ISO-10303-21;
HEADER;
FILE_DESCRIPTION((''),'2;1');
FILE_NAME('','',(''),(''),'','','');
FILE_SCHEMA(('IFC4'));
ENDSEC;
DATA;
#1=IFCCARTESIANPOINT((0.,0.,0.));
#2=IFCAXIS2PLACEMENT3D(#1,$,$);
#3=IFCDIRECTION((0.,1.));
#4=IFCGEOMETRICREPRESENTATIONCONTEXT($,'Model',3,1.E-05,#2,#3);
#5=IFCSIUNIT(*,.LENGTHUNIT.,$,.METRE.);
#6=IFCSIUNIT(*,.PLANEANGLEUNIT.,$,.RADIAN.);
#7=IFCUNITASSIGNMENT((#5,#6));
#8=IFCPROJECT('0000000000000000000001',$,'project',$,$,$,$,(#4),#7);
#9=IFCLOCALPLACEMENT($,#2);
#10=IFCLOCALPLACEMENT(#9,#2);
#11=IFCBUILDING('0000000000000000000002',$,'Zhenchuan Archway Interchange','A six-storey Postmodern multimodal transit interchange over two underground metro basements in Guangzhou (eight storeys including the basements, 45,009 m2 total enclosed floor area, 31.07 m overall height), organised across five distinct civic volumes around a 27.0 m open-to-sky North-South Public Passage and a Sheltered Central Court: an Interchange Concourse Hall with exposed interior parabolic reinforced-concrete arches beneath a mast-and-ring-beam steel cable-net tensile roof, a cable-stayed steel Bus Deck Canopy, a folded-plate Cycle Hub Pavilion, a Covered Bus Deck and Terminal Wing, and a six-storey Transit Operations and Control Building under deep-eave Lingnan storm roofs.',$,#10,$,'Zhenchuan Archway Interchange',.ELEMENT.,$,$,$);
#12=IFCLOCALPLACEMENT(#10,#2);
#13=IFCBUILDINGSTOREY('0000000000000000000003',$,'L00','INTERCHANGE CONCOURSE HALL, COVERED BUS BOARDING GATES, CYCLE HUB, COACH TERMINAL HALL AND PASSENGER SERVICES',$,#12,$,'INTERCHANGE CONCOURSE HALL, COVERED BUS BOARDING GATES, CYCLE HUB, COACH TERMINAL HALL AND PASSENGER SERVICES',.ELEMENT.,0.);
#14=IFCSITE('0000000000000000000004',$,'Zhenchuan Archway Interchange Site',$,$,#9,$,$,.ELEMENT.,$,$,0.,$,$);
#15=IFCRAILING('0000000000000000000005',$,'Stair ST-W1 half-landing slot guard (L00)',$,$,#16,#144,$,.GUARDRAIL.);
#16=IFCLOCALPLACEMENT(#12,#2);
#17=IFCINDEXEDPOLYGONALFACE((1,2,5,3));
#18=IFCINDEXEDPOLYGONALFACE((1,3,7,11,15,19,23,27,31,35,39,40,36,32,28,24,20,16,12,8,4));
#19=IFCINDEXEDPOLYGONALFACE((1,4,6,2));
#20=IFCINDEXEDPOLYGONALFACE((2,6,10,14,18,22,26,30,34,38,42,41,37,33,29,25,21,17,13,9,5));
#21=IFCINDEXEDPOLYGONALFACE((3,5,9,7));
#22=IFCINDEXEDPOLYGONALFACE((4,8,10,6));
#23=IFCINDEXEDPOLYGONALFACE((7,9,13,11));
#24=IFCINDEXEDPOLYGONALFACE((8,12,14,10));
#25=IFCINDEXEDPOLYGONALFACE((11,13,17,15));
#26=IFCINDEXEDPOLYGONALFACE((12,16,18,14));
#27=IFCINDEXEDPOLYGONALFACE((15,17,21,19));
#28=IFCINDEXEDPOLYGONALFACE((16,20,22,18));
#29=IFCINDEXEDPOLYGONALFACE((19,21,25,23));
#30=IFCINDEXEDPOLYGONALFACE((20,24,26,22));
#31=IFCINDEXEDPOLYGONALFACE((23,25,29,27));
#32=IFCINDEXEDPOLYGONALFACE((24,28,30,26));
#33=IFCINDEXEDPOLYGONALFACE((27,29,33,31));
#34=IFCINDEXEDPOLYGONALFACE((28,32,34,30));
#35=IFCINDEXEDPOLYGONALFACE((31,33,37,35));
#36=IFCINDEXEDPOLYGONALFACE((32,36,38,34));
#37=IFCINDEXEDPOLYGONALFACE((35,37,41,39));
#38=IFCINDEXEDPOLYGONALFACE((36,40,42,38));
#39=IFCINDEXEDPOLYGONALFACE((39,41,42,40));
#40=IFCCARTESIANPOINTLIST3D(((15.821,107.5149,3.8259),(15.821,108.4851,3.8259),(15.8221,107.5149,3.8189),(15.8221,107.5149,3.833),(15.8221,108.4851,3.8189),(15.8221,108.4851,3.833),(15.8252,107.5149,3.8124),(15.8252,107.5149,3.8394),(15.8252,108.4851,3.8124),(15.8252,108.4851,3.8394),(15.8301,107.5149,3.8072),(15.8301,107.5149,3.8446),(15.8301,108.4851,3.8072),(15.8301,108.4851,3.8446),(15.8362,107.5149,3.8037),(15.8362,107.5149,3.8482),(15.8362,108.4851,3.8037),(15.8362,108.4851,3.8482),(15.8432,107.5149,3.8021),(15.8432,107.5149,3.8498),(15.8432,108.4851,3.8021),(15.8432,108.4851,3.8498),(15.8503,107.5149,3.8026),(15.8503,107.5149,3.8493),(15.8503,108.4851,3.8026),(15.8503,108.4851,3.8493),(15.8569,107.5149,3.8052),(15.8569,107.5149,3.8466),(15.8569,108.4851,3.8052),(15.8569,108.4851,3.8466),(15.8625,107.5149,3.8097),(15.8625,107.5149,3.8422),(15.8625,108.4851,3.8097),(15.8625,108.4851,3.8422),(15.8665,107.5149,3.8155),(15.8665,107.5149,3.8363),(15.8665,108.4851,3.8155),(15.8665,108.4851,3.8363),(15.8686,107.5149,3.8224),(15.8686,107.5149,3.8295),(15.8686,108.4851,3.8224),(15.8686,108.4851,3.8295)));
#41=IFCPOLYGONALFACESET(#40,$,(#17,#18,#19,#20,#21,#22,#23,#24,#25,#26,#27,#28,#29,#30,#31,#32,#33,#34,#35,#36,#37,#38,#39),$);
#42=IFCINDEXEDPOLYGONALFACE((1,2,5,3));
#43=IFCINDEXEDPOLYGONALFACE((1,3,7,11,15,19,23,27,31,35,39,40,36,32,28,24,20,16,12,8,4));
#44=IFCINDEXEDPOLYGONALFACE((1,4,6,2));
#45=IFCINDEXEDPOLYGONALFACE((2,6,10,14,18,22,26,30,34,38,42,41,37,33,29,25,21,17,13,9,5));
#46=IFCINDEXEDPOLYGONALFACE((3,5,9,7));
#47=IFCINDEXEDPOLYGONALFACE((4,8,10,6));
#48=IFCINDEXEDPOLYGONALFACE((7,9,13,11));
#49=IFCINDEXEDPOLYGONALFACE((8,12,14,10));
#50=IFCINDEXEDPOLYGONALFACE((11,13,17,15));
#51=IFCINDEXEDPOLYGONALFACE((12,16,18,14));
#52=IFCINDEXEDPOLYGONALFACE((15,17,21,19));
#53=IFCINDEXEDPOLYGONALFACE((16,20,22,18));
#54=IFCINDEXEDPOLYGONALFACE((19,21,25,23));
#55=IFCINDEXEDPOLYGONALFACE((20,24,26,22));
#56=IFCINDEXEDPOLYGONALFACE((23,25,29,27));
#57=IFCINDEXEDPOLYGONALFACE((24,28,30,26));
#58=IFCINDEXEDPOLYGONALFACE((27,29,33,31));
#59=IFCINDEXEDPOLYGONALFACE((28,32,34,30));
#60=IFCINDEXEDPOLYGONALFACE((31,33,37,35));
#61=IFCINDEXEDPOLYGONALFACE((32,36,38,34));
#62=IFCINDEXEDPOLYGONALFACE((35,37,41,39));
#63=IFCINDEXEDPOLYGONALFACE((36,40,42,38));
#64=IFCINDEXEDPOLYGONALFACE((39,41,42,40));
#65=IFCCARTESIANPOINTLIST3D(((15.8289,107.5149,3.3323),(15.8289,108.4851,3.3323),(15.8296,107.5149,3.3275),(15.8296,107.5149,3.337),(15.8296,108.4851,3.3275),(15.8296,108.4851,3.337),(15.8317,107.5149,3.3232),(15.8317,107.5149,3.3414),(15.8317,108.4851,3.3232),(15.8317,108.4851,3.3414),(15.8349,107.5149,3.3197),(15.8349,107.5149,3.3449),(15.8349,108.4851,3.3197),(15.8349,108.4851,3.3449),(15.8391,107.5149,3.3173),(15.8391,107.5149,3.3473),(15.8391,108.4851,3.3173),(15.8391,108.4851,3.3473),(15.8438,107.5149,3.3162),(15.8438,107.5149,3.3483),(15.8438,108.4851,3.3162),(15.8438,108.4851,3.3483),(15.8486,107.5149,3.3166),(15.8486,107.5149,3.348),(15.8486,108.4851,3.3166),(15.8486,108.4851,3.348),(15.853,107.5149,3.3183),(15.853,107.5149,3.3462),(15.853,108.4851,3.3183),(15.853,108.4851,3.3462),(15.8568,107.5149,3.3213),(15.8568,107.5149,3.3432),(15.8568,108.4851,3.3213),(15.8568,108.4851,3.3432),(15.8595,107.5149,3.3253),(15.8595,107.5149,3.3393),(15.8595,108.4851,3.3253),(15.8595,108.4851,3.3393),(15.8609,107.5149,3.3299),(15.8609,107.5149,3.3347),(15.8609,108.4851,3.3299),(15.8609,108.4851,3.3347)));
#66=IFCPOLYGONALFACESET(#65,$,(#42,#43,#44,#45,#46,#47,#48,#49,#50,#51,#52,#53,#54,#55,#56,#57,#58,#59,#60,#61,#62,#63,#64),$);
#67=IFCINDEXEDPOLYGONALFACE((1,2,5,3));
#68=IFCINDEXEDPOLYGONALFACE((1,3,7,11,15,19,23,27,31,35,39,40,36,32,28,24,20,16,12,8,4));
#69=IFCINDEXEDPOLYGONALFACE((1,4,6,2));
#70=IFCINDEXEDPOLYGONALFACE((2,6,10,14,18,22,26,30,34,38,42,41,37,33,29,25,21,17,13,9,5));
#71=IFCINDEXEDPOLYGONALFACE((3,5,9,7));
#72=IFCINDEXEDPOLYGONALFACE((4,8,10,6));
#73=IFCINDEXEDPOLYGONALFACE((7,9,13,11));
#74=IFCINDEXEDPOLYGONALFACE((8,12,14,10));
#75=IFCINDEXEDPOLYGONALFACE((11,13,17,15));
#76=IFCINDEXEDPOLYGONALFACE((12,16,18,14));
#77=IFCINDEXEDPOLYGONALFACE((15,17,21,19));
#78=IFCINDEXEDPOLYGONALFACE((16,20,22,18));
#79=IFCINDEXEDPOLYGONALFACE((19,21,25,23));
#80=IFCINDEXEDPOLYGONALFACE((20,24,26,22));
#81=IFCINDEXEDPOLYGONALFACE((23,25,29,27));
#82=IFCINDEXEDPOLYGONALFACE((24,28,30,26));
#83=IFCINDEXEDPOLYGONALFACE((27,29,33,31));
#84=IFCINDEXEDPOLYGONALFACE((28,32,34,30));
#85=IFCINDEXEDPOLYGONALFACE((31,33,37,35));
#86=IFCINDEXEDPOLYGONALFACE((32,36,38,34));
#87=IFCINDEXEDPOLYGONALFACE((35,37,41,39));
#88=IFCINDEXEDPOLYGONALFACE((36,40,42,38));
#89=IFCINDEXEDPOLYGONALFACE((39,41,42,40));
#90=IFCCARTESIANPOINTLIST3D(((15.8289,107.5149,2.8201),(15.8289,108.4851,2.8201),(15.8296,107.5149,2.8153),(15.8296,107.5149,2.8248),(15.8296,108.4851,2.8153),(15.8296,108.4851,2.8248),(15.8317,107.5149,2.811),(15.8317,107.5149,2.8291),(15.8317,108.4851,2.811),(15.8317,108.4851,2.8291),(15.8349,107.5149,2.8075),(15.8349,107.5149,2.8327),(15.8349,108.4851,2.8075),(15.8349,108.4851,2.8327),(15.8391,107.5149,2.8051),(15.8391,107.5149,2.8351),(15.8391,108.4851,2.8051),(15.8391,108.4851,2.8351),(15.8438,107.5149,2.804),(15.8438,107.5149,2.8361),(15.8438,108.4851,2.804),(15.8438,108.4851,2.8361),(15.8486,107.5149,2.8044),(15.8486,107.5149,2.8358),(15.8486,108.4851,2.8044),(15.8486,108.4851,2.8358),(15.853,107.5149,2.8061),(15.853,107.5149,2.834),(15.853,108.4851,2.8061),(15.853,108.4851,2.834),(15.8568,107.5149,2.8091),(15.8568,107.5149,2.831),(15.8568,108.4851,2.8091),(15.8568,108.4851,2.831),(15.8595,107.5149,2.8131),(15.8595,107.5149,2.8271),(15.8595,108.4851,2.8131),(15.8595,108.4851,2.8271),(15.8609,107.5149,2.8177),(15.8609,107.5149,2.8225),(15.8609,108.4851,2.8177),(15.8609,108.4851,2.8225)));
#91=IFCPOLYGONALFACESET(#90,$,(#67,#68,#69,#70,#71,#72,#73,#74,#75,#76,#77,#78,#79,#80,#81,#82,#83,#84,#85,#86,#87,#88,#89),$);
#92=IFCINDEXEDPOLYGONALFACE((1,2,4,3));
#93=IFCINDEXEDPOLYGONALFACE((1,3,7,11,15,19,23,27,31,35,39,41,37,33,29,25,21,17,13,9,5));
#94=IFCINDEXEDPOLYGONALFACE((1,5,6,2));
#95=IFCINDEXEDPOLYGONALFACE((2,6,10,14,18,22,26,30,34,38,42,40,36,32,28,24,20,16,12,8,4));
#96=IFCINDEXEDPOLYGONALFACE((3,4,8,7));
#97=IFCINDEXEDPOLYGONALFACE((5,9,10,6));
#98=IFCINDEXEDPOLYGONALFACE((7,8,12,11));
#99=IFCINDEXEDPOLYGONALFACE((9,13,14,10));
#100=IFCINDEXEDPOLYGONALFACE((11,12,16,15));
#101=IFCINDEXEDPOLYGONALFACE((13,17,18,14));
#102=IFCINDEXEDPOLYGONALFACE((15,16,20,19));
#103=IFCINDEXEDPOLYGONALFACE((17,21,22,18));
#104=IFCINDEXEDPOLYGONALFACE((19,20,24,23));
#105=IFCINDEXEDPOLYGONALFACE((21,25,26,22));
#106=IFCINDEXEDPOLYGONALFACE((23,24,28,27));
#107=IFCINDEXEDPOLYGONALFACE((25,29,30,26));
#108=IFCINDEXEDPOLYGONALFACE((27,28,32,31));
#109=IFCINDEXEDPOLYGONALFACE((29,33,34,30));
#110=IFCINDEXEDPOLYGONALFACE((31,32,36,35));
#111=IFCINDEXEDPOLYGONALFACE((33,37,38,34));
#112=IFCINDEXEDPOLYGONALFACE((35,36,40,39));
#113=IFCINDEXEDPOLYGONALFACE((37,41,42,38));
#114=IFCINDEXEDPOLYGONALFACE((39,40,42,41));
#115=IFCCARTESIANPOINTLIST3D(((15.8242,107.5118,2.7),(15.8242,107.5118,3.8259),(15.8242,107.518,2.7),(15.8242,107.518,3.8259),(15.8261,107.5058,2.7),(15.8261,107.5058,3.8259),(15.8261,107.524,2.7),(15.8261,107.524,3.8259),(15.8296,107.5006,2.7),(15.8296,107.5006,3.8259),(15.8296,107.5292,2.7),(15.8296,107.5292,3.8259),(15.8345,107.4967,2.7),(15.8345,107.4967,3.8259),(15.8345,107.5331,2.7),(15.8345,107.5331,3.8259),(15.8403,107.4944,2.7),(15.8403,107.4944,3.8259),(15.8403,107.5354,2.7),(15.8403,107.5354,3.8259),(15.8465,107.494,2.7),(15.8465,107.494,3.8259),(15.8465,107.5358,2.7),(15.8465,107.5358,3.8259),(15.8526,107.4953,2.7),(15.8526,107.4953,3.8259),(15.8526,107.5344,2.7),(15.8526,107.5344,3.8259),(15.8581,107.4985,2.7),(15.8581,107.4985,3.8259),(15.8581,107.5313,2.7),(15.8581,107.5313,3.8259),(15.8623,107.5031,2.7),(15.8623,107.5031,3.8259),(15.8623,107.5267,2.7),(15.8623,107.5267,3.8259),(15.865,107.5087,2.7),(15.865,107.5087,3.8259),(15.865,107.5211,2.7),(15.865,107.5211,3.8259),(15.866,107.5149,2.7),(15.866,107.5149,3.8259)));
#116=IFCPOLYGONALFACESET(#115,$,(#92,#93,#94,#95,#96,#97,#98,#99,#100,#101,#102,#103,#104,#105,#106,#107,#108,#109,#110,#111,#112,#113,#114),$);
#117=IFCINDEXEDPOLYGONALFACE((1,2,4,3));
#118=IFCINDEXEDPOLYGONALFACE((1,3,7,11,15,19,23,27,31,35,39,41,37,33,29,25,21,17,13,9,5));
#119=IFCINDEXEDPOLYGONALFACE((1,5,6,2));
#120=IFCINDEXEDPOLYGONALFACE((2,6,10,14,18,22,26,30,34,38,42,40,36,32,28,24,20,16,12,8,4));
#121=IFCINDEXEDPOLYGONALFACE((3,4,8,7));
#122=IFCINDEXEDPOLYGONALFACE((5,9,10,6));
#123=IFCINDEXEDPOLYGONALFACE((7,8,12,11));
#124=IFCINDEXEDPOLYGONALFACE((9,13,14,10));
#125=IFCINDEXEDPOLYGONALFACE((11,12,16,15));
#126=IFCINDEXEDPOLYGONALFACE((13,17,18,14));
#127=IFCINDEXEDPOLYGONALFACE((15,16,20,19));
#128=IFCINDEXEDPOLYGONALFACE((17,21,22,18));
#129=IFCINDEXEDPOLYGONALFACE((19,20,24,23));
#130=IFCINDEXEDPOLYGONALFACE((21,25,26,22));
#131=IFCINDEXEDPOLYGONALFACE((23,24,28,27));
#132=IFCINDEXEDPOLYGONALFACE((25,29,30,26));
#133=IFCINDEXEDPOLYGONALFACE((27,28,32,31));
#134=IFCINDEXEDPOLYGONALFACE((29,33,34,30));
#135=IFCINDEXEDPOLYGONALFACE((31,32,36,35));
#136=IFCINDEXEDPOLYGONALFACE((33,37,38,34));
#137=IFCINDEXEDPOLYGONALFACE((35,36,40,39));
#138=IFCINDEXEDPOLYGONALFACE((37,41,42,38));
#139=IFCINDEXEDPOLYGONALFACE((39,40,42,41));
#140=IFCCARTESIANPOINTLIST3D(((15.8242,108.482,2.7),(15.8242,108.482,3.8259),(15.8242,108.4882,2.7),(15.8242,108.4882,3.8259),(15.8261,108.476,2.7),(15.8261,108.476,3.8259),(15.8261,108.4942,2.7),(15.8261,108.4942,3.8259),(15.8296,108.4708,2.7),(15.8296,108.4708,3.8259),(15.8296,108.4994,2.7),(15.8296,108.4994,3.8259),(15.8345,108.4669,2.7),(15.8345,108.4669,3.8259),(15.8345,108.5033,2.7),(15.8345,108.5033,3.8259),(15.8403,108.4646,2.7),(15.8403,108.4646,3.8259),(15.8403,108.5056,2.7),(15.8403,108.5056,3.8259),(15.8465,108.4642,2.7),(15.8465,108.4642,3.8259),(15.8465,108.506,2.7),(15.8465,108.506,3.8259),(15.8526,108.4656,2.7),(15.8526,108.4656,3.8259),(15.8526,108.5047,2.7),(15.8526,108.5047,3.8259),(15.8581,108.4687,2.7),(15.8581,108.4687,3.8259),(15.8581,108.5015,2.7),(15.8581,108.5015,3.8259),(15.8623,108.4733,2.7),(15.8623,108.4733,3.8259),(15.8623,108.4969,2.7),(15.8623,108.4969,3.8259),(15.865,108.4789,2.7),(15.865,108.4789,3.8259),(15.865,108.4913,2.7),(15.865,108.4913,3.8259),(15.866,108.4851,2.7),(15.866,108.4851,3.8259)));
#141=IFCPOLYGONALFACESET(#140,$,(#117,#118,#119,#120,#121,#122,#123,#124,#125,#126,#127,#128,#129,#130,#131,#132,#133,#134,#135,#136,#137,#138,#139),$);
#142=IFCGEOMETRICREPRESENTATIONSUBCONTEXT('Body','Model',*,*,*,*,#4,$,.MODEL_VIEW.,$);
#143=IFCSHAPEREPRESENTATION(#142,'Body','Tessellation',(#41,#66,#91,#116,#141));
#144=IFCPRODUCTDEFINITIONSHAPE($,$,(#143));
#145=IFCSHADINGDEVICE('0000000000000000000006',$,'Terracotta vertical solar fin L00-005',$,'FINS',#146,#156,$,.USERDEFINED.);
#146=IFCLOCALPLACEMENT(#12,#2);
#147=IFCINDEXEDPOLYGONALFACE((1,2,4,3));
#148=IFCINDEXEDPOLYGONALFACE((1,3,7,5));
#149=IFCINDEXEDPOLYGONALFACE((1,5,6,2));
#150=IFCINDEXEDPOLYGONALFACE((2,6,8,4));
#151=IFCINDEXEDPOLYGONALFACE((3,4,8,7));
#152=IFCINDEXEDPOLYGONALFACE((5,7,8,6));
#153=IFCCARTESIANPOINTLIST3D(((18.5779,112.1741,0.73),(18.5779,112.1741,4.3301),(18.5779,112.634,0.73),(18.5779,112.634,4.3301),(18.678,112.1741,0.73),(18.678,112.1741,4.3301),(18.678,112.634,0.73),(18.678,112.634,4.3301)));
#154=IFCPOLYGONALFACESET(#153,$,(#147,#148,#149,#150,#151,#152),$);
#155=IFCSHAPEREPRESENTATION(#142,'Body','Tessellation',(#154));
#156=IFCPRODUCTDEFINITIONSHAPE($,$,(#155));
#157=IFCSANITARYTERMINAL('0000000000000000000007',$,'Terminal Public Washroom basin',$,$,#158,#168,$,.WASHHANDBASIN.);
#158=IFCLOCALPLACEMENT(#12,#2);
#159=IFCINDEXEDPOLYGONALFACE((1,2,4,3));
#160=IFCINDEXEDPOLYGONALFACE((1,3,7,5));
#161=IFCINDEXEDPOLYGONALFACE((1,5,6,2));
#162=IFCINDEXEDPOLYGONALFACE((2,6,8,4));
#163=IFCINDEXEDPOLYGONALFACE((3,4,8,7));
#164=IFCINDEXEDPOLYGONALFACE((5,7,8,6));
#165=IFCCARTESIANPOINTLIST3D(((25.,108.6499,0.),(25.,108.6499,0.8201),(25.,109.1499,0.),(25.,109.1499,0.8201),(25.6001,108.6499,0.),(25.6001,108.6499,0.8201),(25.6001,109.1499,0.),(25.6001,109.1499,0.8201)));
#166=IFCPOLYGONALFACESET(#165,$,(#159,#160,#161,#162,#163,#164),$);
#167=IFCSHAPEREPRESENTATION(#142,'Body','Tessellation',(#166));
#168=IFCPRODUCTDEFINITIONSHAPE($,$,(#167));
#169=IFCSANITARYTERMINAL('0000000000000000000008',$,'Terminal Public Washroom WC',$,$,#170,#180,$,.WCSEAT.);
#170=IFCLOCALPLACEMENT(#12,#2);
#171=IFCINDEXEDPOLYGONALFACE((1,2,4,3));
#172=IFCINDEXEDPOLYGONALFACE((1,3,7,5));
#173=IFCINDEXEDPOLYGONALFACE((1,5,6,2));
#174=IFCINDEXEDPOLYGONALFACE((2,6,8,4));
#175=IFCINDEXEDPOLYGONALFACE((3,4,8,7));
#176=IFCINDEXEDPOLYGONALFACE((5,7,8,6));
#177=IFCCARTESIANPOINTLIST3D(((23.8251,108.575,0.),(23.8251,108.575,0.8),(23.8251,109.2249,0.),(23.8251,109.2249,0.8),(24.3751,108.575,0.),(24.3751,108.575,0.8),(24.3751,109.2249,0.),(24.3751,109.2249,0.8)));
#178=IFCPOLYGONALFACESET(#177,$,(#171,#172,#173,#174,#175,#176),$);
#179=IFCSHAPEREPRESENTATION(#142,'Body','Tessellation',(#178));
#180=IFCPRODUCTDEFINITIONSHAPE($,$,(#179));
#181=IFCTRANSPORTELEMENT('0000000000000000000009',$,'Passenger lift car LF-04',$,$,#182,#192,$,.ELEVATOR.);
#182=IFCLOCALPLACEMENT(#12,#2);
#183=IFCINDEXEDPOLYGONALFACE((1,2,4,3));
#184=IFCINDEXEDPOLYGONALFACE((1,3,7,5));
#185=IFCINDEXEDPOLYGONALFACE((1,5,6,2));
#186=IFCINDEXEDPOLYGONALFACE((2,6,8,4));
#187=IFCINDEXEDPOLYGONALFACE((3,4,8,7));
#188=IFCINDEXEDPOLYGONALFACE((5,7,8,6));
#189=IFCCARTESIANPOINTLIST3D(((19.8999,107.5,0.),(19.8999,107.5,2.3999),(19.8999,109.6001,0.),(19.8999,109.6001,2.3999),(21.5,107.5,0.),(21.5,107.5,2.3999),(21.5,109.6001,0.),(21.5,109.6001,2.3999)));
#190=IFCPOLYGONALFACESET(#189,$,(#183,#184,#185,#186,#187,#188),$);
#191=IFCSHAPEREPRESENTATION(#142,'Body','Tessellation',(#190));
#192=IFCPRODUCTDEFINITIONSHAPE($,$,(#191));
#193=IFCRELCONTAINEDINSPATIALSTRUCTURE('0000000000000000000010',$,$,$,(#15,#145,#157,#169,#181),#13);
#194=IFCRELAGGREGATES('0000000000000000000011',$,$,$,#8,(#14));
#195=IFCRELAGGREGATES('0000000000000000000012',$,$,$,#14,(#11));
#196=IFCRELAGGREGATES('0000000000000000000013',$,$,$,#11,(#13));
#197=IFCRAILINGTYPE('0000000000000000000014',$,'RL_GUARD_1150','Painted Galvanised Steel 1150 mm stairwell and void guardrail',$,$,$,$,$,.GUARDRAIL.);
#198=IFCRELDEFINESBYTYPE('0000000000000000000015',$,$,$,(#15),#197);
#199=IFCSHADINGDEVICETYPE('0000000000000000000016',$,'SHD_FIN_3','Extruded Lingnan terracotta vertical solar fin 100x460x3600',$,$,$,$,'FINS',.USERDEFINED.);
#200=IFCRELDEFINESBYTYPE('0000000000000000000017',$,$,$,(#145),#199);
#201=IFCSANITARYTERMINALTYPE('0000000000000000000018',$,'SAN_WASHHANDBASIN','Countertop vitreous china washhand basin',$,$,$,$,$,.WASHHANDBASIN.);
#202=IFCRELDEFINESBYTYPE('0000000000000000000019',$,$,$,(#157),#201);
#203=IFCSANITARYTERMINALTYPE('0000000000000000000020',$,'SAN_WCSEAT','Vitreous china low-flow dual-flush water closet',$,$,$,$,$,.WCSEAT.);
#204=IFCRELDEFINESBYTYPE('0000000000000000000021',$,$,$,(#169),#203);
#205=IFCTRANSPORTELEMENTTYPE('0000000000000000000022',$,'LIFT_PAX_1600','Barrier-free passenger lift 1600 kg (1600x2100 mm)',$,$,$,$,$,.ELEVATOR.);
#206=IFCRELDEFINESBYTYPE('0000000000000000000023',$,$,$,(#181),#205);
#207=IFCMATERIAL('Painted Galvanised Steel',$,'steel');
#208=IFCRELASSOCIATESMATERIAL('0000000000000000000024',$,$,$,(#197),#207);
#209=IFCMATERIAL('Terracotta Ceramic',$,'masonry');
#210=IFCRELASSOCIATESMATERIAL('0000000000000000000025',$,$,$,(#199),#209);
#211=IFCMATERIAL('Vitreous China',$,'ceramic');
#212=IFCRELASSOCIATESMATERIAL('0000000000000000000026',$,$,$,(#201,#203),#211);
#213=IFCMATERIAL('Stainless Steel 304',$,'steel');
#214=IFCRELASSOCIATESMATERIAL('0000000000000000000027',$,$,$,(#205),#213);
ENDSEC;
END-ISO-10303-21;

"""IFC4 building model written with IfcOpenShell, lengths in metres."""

from ifc_helpers import new_model, si_unit, direction, frame, origin, origin_2d, place, context, subcontext, project, spatial, rectangle, circle, extrude, material, type_object, element, save


model = new_model("IFC4")

# Units and contexts
model_context = context("Model", 3, precision=1e-05, world=origin(), true_north=direction((0.0, 1.0)))
body_context = subcontext(model_context, "Body", "Model", "MODEL_VIEW")
ifc_project = project(units=[si_unit("LENGTHUNIT", "METRE"), si_unit("PLANEANGLEUNIT", "RADIAN")], contexts=[model_context])

# Site, building, storey
site_placement = place(None, origin())
site = spatial("IfcSite", under=ifc_project, at=site_placement, Name="Zhenchuan Archway Interchange Site", CompositionType="ELEMENT", RefElevation=0.0)
building_placement = place(site_placement, origin())
building = spatial("IfcBuilding", under=site, at=building_placement, Name="Zhenchuan Archway Interchange", Description="A six-storey Postmodern multimodal transit interchange over two underground metro basements in Guangzhou (eight storeys including the basements, 45,009 m2 total enclosed floor area, 31.07 m overall height), organised across five distinct civic volumes around a 27.0 m open-to-sky North-South Public Passage and a Sheltered Central Court: an Interchange Concourse Hall with exposed interior parabolic reinforced-concrete arches beneath a mast-and-ring-beam steel cable-net tensile roof, a cable-stayed steel Bus Deck Canopy, a folded-plate Cycle Hub Pavilion, a Covered Bus Deck and Terminal Wing, and a six-storey Transit Operations and Control Building under deep-eave Lingnan storm roofs.", LongName="Zhenchuan Archway Interchange", CompositionType="ELEMENT")
storey_placement = place(building_placement, origin())
storey = spatial("IfcBuildingStorey", under=building, at=storey_placement, Name="L00", Description="INTERCHANGE CONCOURSE HALL, COVERED BUS BOARDING GATES, CYCLE HUB, COACH TERMINAL HALL AND PASSENGER SERVICES", LongName="INTERCHANGE CONCOURSE HALL, COVERED BUS BOARDING GATES, CYCLE HUB, COACH TERMINAL HALL AND PASSENGER SERVICES", CompositionType="ELEMENT", Elevation=0.0)

# Railing
ifc_material_1 = material(Name="Painted Galvanised Steel", Category="steel")
railing_type = type_object("IfcRailingType", Name="RL_GUARD_1150", Description="Painted Galvanised Steel 1150 mm stairwell and void guardrail", PredefinedType="GUARDRAIL", material=ifc_material_1)
railing_placement = place(storey_placement, frame((15.845, 107.5149, 2.7)))
element("IfcRailing", 1, at=railing_placement, inside=storey, type_object=railing_type, Name="Stair ST-W1 half-landing slot guard (L00)", PredefinedType="GUARDRAIL", context=body_context, shape_type="SweptSolid", body=[
    extrude(circle(Radius=0.0239, at=origin_2d()), frame((0.0, 0.0, 1.126), z_axis=(0.0, 1.0, 0.0), x_axis=(-1.0, 0.0, 0.0)), (0.0, 0.0, 1.0), 0.9702),
    extrude(circle(Radius=0.0161, at=origin_2d()), frame((0.0, 0.0, 0.6323), z_axis=(0.0, 1.0, 0.0), x_axis=(-1.0, 0.0, 0.0)), (0.0, 0.0, 1.0), 0.9702),
    extrude(circle(Radius=0.0161, at=origin_2d()), frame((0.0, 0.0, 0.1201), z_axis=(0.0, 1.0, 0.0), x_axis=(-1.0, 0.0, 0.0)), (0.0, 0.0, 1.0), 0.9702),
    extrude(circle(Radius=0.021, at=origin_2d()), origin(), (0.0, 0.0, 1.0), 1.126),
    extrude(circle(Radius=0.021, at=origin_2d()), frame((0.0, 0.9702, 0.0)), (0.0, 0.0, 1.0), 1.126),
])

# Shading device
ifc_material_2 = material(Name="Terracotta Ceramic", Category="masonry")
shading_device_type = type_object("IfcShadingDeviceType", Name="SHD_FIN_3", Description="Extruded Lingnan terracotta vertical solar fin 100x460x3600", ElementType="FINS", PredefinedType="USERDEFINED", material=ifc_material_2)
shading_device_placement = place(storey_placement, frame((18.6279, 112.4041, 0.73), z_axis=(0.0, 0.0, 1.0), x_axis=(1.0, 0.0, 0.0)))
element("IfcShadingDevice", 2, at=shading_device_placement, inside=storey, type_object=shading_device_type, Name="Terracotta vertical solar fin L00-005", ObjectType="FINS", PredefinedType="USERDEFINED", context=body_context, shape_type="SweptSolid", body=[
    extrude(rectangle(XDim=0.1001, YDim=0.46, at=origin_2d()), origin(), (0.0, 0.0, 1.0), 3.6001),
])

# Sanitary terminals
ifc_material_3 = material(Name="Vitreous China", Category="ceramic")
sanitary_terminal_type_1 = type_object("IfcSanitaryTerminalType", Name="SAN_WASHHANDBASIN", Description="Countertop vitreous china washhand basin", PredefinedType="WASHHANDBASIN", material=ifc_material_3)
sanitary_terminal_1_placement = place(storey_placement, frame((25.3, 108.8999, 0.0), z_axis=(0.0, 0.0, 1.0), x_axis=(1.0, 0.0, 0.0)))
element("IfcSanitaryTerminal", 3, at=sanitary_terminal_1_placement, inside=storey, type_object=sanitary_terminal_type_1, Name="Terminal Public Washroom basin", PredefinedType="WASHHANDBASIN", context=body_context, shape_type="SweptSolid", body=[
    extrude(rectangle(XDim=0.6001, YDim=0.5, at=origin_2d()), origin(), (0.0, 0.0, 1.0), 0.8201),
])
sanitary_terminal_type_2 = type_object("IfcSanitaryTerminalType", Name="SAN_WCSEAT", Description="Vitreous china low-flow dual-flush water closet", PredefinedType="WCSEAT", material=ifc_material_3)
sanitary_terminal_2_placement = place(storey_placement, frame((24.1001, 108.8999, 0.0), z_axis=(0.0, 0.0, 1.0), x_axis=(1.0, 0.0, 0.0)))
element("IfcSanitaryTerminal", 4, at=sanitary_terminal_2_placement, inside=storey, type_object=sanitary_terminal_type_2, Name="Terminal Public Washroom WC", PredefinedType="WCSEAT", context=body_context, shape_type="SweptSolid", body=[
    extrude(rectangle(XDim=0.55, YDim=0.6499, at=origin_2d()), origin(), (0.0, 0.0, 1.0), 0.8),
])

# Transport element
ifc_material_4 = material(Name="Stainless Steel 304", Category="steel")
transport_element_type = type_object("IfcTransportElementType", Name="LIFT_PAX_1600", Description="Barrier-free passenger lift 1600 kg (1600x2100 mm)", PredefinedType="ELEVATOR", material=ifc_material_4)
transport_element_placement = place(storey_placement, frame((20.7, 108.55, 0.0), z_axis=(0.0, 0.0, 1.0), x_axis=(1.0, 0.0, 0.0)))
element("IfcTransportElement", 5, at=transport_element_placement, inside=storey, type_object=transport_element_type, Name="Passenger lift car LF-04", PredefinedType="ELEVATOR", context=body_context, shape_type="SweptSolid", body=[
    extrude(rectangle(XDim=1.6001, YDim=2.1001, at=origin_2d()), origin(), (0.0, 0.0, 1.0), 2.3999),
])

save(model, "model.ifc")
